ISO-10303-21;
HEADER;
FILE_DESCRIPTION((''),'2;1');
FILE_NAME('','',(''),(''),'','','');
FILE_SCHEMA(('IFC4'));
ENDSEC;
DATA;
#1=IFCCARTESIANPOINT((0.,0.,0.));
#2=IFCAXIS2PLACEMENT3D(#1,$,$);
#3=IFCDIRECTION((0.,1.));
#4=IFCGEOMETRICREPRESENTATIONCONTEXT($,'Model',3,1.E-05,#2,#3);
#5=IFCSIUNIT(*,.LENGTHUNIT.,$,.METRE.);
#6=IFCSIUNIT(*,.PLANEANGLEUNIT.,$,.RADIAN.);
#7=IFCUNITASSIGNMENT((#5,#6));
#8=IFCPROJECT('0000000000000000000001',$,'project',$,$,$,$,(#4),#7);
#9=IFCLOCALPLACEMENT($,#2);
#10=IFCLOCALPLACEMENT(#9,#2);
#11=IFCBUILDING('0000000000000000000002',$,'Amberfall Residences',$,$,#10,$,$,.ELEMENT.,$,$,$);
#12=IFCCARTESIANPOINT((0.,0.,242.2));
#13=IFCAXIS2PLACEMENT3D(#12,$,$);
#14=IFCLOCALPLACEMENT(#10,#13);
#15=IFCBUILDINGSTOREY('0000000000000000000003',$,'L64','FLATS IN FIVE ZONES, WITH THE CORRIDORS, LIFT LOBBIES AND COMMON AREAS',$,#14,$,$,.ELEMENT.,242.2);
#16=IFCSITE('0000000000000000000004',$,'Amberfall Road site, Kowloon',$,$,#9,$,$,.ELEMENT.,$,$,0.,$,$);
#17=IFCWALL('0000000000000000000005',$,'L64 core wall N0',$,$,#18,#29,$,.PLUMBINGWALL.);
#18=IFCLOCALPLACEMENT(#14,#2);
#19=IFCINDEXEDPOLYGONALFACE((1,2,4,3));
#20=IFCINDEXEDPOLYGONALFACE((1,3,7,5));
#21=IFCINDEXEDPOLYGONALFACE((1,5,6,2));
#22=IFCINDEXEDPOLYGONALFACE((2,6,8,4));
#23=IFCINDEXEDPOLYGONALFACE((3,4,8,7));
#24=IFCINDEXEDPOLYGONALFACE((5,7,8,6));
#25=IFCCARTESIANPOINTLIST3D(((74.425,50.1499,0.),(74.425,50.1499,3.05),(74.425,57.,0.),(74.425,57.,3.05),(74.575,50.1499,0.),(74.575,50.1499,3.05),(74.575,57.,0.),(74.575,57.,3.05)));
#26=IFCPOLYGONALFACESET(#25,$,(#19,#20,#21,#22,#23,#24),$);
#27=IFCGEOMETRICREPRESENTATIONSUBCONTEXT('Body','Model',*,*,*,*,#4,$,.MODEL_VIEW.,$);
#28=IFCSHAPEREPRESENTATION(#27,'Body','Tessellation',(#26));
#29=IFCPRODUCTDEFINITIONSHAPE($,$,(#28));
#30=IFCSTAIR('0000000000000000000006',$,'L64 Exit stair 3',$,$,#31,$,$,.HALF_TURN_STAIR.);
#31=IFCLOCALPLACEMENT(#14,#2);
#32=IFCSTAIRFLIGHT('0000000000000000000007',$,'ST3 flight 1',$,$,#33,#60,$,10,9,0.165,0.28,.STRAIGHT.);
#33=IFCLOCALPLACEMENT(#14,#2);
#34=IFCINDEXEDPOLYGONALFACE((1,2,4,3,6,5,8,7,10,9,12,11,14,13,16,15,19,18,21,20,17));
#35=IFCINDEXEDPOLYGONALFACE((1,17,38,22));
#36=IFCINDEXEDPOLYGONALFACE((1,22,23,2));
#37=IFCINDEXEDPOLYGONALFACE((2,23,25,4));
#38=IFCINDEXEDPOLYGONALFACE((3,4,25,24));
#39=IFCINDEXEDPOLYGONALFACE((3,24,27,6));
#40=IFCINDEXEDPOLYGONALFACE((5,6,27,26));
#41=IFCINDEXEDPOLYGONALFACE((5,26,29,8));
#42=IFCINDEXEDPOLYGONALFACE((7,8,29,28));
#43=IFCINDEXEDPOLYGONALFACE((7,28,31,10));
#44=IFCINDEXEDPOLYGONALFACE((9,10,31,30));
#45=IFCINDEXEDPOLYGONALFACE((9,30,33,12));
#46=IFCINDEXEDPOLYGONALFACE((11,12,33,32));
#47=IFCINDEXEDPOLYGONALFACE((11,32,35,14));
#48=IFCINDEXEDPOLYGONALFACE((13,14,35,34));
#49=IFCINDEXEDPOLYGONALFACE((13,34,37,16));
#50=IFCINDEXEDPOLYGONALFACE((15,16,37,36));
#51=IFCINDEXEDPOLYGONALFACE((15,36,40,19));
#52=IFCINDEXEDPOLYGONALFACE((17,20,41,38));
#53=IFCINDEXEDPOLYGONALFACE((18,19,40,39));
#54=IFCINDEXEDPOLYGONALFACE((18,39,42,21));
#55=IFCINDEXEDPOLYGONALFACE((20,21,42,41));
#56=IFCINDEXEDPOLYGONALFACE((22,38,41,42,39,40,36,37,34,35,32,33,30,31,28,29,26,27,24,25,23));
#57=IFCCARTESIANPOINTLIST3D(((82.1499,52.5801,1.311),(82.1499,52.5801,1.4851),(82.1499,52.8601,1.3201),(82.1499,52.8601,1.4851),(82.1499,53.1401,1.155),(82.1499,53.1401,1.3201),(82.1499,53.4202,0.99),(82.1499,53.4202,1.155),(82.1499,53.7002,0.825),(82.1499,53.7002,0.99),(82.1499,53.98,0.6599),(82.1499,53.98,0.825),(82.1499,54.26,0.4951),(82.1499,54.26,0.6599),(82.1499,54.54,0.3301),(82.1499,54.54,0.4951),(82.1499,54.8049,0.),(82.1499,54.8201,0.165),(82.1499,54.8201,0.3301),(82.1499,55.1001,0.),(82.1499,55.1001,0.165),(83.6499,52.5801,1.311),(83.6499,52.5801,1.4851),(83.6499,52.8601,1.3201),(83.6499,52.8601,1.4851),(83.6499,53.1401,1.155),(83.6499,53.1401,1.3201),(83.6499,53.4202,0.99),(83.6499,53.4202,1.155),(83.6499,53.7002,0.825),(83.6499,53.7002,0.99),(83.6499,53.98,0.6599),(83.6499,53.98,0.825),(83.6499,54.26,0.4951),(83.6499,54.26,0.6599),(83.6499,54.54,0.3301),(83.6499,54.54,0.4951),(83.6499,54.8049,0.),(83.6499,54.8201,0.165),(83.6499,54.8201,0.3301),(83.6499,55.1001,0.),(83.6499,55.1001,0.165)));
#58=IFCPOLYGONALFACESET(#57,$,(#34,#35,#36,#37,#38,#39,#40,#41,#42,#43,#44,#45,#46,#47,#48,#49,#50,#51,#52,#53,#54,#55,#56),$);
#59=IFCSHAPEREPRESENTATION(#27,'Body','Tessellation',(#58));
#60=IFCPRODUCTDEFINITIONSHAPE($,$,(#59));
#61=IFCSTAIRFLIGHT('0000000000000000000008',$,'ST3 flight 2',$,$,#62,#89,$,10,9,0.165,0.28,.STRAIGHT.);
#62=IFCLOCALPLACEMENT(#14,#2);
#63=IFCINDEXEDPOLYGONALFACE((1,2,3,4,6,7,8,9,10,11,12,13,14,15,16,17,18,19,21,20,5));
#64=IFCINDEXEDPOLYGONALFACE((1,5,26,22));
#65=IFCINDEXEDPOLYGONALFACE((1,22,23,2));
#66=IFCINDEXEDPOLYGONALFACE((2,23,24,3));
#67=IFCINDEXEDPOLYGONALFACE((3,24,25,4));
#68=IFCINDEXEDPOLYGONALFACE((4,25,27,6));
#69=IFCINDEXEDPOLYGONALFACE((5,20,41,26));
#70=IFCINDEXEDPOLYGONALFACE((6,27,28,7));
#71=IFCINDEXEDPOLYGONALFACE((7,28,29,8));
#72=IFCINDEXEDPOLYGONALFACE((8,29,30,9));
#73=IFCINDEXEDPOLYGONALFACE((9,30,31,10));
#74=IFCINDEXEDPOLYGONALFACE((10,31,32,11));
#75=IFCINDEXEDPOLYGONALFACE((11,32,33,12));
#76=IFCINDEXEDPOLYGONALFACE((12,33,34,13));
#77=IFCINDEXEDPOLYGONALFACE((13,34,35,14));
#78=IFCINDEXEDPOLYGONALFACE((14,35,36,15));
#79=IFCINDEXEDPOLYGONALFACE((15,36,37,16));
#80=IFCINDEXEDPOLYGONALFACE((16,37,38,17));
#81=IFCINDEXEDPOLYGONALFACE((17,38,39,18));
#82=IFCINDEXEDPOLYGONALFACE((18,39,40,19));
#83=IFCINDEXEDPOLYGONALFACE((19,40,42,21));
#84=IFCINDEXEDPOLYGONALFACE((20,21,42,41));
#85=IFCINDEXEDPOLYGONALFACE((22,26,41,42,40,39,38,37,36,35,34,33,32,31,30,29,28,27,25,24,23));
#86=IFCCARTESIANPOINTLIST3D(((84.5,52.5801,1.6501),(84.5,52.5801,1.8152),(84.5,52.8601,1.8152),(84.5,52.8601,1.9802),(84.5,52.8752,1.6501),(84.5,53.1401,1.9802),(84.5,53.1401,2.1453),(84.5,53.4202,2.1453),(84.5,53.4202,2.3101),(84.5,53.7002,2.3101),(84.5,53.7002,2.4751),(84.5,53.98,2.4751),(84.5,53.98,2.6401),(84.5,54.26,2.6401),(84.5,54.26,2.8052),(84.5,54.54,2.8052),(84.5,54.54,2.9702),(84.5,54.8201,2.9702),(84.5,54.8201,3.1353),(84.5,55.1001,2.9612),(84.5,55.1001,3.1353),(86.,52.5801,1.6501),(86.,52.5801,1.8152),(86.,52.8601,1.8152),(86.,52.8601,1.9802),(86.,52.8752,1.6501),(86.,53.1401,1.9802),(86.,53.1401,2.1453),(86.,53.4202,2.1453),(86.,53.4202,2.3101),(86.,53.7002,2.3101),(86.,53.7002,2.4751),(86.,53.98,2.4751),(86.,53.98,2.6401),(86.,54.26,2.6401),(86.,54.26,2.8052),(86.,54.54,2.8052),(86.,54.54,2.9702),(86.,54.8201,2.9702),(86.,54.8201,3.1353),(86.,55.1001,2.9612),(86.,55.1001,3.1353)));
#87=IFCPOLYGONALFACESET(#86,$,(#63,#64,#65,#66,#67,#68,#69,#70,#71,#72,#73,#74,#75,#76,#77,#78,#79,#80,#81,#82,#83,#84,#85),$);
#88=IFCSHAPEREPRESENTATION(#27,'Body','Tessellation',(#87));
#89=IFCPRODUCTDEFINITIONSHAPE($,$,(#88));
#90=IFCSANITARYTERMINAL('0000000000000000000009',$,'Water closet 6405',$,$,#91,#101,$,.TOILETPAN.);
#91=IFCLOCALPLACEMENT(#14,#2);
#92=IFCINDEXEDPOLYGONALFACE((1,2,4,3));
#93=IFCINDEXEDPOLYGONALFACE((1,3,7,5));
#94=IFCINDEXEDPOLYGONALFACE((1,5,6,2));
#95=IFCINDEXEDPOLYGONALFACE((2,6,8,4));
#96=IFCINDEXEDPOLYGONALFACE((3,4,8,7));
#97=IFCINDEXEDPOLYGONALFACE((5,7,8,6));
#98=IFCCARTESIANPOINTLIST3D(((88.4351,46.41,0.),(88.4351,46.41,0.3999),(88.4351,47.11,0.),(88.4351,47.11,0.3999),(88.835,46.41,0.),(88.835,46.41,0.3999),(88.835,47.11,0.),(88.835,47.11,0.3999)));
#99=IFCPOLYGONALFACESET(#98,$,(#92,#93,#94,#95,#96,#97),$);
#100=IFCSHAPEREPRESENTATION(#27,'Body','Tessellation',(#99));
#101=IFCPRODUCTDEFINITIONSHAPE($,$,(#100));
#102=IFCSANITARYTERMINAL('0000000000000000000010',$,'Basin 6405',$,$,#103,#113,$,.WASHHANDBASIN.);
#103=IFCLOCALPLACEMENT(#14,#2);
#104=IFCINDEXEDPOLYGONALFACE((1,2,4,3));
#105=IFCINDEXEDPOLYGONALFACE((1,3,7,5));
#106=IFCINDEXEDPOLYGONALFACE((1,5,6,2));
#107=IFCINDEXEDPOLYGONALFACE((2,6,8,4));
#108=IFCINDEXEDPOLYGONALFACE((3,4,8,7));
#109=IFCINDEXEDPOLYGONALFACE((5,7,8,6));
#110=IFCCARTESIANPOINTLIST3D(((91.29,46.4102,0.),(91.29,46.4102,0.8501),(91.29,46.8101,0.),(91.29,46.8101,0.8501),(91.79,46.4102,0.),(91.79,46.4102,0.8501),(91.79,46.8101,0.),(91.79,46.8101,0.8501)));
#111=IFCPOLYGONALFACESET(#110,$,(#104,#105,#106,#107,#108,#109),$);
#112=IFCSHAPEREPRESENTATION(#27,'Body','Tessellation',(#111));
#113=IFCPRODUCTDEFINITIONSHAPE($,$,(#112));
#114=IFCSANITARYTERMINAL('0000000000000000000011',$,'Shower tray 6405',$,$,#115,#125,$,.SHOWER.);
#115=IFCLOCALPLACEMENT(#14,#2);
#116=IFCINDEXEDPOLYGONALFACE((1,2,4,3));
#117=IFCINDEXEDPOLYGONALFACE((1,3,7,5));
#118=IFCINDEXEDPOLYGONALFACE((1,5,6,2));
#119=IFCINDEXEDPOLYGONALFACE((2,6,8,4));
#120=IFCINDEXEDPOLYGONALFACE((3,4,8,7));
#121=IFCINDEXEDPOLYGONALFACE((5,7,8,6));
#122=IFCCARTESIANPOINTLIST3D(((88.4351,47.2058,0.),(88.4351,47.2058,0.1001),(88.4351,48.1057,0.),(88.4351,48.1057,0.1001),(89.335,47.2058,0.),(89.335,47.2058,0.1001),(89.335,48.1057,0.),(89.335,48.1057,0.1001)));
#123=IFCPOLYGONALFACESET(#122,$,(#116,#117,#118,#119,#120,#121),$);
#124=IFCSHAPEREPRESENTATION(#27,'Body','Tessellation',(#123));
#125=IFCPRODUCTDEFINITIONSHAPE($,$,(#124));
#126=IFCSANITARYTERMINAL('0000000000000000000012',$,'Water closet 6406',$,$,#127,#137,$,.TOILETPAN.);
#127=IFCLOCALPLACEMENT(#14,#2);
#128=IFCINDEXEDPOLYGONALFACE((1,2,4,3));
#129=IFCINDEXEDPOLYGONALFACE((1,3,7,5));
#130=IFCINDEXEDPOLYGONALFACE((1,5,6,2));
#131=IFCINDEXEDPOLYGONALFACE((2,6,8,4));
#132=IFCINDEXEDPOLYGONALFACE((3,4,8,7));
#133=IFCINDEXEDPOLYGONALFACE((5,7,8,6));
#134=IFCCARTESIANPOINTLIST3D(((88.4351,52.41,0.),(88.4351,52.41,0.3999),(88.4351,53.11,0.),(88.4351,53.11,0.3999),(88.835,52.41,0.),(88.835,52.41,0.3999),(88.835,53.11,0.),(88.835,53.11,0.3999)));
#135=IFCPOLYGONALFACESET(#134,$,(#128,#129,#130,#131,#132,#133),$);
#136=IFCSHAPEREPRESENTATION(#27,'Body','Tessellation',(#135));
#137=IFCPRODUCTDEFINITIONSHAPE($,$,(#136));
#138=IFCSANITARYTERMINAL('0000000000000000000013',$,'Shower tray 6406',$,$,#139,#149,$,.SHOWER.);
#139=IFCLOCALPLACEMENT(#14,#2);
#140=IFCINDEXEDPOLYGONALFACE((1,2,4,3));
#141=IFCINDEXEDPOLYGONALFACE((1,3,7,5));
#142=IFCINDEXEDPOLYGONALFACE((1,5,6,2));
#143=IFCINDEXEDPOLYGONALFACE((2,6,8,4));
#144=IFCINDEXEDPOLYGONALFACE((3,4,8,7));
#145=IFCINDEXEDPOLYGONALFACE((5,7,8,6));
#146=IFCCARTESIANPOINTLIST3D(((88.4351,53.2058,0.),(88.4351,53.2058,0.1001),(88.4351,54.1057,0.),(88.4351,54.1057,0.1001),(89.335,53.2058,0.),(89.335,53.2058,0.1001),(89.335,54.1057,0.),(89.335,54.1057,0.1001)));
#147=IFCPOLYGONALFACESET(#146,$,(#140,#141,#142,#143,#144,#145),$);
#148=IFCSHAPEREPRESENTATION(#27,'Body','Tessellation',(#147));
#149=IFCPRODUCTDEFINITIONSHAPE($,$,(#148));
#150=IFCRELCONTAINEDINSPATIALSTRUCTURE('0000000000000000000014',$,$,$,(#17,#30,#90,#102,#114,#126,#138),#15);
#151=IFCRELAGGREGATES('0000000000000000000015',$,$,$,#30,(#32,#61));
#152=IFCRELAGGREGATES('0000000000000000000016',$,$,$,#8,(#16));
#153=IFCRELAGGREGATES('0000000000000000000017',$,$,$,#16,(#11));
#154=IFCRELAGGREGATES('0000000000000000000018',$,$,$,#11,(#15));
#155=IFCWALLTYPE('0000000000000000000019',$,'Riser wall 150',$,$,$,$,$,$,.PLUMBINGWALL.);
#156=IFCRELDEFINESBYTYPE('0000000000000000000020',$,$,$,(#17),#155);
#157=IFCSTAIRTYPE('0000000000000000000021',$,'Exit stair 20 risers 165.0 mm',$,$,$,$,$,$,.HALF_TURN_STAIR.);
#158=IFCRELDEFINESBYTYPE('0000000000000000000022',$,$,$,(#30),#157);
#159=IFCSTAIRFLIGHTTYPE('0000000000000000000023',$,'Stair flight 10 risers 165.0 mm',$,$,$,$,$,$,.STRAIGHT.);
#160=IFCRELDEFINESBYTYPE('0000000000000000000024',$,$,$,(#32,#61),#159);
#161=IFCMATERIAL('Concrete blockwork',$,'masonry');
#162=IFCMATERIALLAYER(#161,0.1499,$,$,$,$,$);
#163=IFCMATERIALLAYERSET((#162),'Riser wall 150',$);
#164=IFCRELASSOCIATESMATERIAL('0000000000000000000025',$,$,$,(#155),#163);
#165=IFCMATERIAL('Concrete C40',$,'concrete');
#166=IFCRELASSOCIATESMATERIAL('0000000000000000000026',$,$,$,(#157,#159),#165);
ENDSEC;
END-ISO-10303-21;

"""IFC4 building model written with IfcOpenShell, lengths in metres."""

from ifc_helpers import new_model, si_unit, direction, frame, frame_2d, origin, origin_2d, place, context, subcontext, project, spatial, polyline, rectangle, outline, extrude, material, layer, layer_set, type_object, element, aggregate, save


model = new_model("IFC4")

# Units and contexts
model_context = context("Model", 3, precision=1e-05, world=origin(), true_north=direction((0.0, 1.0)))
body_context = subcontext(model_context, "Body", "Model", "MODEL_VIEW")
ifc_project = project(units=[si_unit("LENGTHUNIT", "METRE"), si_unit("PLANEANGLEUNIT", "RADIAN")], contexts=[model_context])

# Site, building, storey
site_placement = place(None, origin())
site = spatial("IfcSite", under=ifc_project, at=site_placement, Name="Amberfall Road site, Kowloon", CompositionType="ELEMENT", RefElevation=0.0)
building_placement = place(site_placement, origin())
building = spatial("IfcBuilding", under=site, at=building_placement, Name="Amberfall Residences", CompositionType="ELEMENT")
storey_placement = place(building_placement, frame((0.0, 0.0, 242.2)))
storey = spatial("IfcBuildingStorey", under=building, at=storey_placement, Name="L64", Description="FLATS IN FIVE ZONES, WITH THE CORRIDORS, LIFT LOBBIES AND COMMON AREAS", CompositionType="ELEMENT", Elevation=242.2)

# Wall
ifc_material_1 = material(Name="Concrete blockwork", Category="masonry")
ifc_layer_1 = layer(ifc_material_1, 0.1499)
ifc_layer_set_1 = layer_set([ifc_layer_1], Name="Riser wall 150")
wall_type_1 = type_object("IfcWallType", Name="Riser wall 150", PredefinedType="PLUMBINGWALL", material=ifc_layer_set_1)
wall_1_placement = place(storey_placement, frame((74.5, 50.1499, 0.0), z_axis=(0.0, 0.0, 1.0), x_axis=(0.0, 1.0, 0.0)))
element("IfcWall", 1, at=wall_1_placement, inside=storey, type_object=wall_type_1, Name="L64 core wall N0", PredefinedType="PLUMBINGWALL", context=body_context, shape_type="SweptSolid", body=[
    extrude(rectangle(XDim=6.8501, YDim=0.1499, at=frame_2d((3.425, 0.0))), origin(), (0.0, 0.0, 1.0), 3.05),
])

# Stair, stair flights
ifc_material_2 = material(Name="Concrete C40", Category="concrete")
stair_type = type_object("IfcStairType", Name="Exit stair 20 risers 165.0 mm", PredefinedType="HALF_TURN_STAIR", material=ifc_material_2)
stair_placement = place(storey_placement, origin())
stair = element("IfcStair", 2, at=stair_placement, inside=storey, type_object=stair_type, Name="L64 Exit stair 3", PredefinedType="HALF_TURN_STAIR")
stair_flight_type = type_object("IfcStairFlightType", Name="Stair flight 10 risers 165.0 mm", PredefinedType="STRAIGHT", material=ifc_material_2)
stair_flight_1_placement = place(storey_placement, frame((82.8999, 55.1001, 0.0), z_axis=(0.0, 0.0, 1.0), x_axis=(0.0, -1.0, 0.0)))
stair_flight_1 = element("IfcStairFlight", 3, at=stair_flight_1_placement, type_object=stair_flight_type, Name="ST3 flight 1", NumberOfRisers=10, NumberOfTreads=9, PredefinedType="STRAIGHT", RiserHeight=0.165, TreadLength=0.28, context=body_context, shape_type="SweptSolid", body=[
    extrude(outline(polyline([(0.0, 0.0), (0.0, 0.165), (0.28, 0.165), (0.28, 0.3301), (0.5601, 0.3301), (0.5601, 0.4951), (0.8401, 0.4951), (0.8401, 0.6599), (1.1201, 0.6599), (1.1201, 0.825), (1.3999, 0.825), (1.3999, 0.99), (1.6799, 0.99), (1.6799, 1.155), (1.96, 1.155), (1.96, 1.3201), (2.24, 1.3201), (2.24, 1.4851), (2.52, 1.4851), (2.52, 1.6499), (2.52, 1.311), (0.2952, 0.0), (0.0, 0.0)])), frame((0.0, 0.75, 0.0), z_axis=(0.0, -1.0, 0.0), x_axis=(1.0, 0.0, 0.0)), (0.0, 0.0, 1.0), 1.5),
])
stair_flight_2_placement = place(storey_placement, frame((85.25, 52.5801, 1.6501), z_axis=(0.0, 0.0, 1.0), x_axis=(0.0, 1.0, 0.0)))
stair_flight_2 = element("IfcStairFlight", 4, at=stair_flight_2_placement, type_object=stair_flight_type, Name="ST3 flight 2", NumberOfRisers=10, NumberOfTreads=9, PredefinedType="STRAIGHT", RiserHeight=0.165, TreadLength=0.28, context=body_context, shape_type="SweptSolid", body=[
    extrude(outline(polyline([(0.0, 0.0), (0.0, 0.165), (0.28, 0.165), (0.28, 0.3301), (0.5601, 0.3301), (0.5601, 0.4951), (0.8401, 0.4951), (0.8401, 0.6599), (1.1201, 0.6599), (1.1201, 0.825), (1.3999, 0.825), (1.3999, 0.99), (1.6799, 0.99), (1.6799, 1.155), (1.96, 1.155), (1.96, 1.3201), (2.24, 1.3201), (2.24, 1.4851), (2.52, 1.4851), (2.52, 1.6499), (2.52, 1.311), (0.2952, 0.0), (0.0, 0.0)])), frame((0.0, 0.75, 0.0), z_axis=(0.0, -1.0, 0.0), x_axis=(1.0, 0.0, 0.0)), (0.0, 0.0, 1.0), 1.5),
])
aggregate(stair, [stair_flight_1, stair_flight_2])

# Sanitary terminals
sanitary_terminal_1_placement = place(storey_placement, frame((88.635, 46.76, 0.0), z_axis=(0.0, 0.0, 1.0), x_axis=(1.0, 0.0, 0.0)))
element("IfcSanitaryTerminal", 5, at=sanitary_terminal_1_placement, inside=storey, Name="Water closet 6405", PredefinedType="TOILETPAN", context=body_context, shape_type="SweptSolid", body=[
    extrude(rectangle(XDim=0.3999, YDim=0.7, at=origin_2d()), origin(), (0.0, 0.0, 1.0), 0.3999),
])
sanitary_terminal_2_placement = place(storey_placement, frame((91.54, 46.6101, 0.0), z_axis=(0.0, 0.0, 1.0), x_axis=(1.0, 0.0, 0.0)))
element("IfcSanitaryTerminal", 6, at=sanitary_terminal_2_placement, inside=storey, Name="Basin 6405", PredefinedType="WASHHANDBASIN", context=body_context, shape_type="SweptSolid", body=[
    extrude(rectangle(XDim=0.5, YDim=0.3999, at=origin_2d()), origin(), (0.0, 0.0, 1.0), 0.8501),
])
sanitary_terminal_3_placement = place(storey_placement, frame((88.885, 47.6558, 0.0), z_axis=(0.0, 0.0, 1.0), x_axis=(1.0, 0.0, 0.0)))
element("IfcSanitaryTerminal", 7, at=sanitary_terminal_3_placement, inside=storey, Name="Shower tray 6405", PredefinedType="SHOWER", context=body_context, shape_type="SweptSolid", body=[
    extrude(rectangle(XDim=0.8999, YDim=0.8999, at=origin_2d()), origin(), (0.0, 0.0, 1.0), 0.1001),
])
sanitary_terminal_4_placement = place(storey_placement, frame((88.635, 52.76, 0.0), z_axis=(0.0, 0.0, 1.0), x_axis=(1.0, 0.0, 0.0)))
element("IfcSanitaryTerminal", 8, at=sanitary_terminal_4_placement, inside=storey, Name="Water closet 6406", PredefinedType="TOILETPAN", context=body_context, shape_type="SweptSolid", body=[
    extrude(rectangle(XDim=0.3999, YDim=0.7, at=origin_2d()), origin(), (0.0, 0.0, 1.0), 0.3999),
])
sanitary_terminal_5_placement = place(storey_placement, frame((88.885, 53.6558, 0.0), z_axis=(0.0, 0.0, 1.0), x_axis=(1.0, 0.0, 0.0)))
element("IfcSanitaryTerminal", 9, at=sanitary_terminal_5_placement, inside=storey, Name="Shower tray 6406", PredefinedType="SHOWER", context=body_context, shape_type="SweptSolid", body=[
    extrude(rectangle(XDim=0.8999, YDim=0.8999, at=origin_2d()), origin(), (0.0, 0.0, 1.0), 0.1001),
])

save(model, "model.ifc")
